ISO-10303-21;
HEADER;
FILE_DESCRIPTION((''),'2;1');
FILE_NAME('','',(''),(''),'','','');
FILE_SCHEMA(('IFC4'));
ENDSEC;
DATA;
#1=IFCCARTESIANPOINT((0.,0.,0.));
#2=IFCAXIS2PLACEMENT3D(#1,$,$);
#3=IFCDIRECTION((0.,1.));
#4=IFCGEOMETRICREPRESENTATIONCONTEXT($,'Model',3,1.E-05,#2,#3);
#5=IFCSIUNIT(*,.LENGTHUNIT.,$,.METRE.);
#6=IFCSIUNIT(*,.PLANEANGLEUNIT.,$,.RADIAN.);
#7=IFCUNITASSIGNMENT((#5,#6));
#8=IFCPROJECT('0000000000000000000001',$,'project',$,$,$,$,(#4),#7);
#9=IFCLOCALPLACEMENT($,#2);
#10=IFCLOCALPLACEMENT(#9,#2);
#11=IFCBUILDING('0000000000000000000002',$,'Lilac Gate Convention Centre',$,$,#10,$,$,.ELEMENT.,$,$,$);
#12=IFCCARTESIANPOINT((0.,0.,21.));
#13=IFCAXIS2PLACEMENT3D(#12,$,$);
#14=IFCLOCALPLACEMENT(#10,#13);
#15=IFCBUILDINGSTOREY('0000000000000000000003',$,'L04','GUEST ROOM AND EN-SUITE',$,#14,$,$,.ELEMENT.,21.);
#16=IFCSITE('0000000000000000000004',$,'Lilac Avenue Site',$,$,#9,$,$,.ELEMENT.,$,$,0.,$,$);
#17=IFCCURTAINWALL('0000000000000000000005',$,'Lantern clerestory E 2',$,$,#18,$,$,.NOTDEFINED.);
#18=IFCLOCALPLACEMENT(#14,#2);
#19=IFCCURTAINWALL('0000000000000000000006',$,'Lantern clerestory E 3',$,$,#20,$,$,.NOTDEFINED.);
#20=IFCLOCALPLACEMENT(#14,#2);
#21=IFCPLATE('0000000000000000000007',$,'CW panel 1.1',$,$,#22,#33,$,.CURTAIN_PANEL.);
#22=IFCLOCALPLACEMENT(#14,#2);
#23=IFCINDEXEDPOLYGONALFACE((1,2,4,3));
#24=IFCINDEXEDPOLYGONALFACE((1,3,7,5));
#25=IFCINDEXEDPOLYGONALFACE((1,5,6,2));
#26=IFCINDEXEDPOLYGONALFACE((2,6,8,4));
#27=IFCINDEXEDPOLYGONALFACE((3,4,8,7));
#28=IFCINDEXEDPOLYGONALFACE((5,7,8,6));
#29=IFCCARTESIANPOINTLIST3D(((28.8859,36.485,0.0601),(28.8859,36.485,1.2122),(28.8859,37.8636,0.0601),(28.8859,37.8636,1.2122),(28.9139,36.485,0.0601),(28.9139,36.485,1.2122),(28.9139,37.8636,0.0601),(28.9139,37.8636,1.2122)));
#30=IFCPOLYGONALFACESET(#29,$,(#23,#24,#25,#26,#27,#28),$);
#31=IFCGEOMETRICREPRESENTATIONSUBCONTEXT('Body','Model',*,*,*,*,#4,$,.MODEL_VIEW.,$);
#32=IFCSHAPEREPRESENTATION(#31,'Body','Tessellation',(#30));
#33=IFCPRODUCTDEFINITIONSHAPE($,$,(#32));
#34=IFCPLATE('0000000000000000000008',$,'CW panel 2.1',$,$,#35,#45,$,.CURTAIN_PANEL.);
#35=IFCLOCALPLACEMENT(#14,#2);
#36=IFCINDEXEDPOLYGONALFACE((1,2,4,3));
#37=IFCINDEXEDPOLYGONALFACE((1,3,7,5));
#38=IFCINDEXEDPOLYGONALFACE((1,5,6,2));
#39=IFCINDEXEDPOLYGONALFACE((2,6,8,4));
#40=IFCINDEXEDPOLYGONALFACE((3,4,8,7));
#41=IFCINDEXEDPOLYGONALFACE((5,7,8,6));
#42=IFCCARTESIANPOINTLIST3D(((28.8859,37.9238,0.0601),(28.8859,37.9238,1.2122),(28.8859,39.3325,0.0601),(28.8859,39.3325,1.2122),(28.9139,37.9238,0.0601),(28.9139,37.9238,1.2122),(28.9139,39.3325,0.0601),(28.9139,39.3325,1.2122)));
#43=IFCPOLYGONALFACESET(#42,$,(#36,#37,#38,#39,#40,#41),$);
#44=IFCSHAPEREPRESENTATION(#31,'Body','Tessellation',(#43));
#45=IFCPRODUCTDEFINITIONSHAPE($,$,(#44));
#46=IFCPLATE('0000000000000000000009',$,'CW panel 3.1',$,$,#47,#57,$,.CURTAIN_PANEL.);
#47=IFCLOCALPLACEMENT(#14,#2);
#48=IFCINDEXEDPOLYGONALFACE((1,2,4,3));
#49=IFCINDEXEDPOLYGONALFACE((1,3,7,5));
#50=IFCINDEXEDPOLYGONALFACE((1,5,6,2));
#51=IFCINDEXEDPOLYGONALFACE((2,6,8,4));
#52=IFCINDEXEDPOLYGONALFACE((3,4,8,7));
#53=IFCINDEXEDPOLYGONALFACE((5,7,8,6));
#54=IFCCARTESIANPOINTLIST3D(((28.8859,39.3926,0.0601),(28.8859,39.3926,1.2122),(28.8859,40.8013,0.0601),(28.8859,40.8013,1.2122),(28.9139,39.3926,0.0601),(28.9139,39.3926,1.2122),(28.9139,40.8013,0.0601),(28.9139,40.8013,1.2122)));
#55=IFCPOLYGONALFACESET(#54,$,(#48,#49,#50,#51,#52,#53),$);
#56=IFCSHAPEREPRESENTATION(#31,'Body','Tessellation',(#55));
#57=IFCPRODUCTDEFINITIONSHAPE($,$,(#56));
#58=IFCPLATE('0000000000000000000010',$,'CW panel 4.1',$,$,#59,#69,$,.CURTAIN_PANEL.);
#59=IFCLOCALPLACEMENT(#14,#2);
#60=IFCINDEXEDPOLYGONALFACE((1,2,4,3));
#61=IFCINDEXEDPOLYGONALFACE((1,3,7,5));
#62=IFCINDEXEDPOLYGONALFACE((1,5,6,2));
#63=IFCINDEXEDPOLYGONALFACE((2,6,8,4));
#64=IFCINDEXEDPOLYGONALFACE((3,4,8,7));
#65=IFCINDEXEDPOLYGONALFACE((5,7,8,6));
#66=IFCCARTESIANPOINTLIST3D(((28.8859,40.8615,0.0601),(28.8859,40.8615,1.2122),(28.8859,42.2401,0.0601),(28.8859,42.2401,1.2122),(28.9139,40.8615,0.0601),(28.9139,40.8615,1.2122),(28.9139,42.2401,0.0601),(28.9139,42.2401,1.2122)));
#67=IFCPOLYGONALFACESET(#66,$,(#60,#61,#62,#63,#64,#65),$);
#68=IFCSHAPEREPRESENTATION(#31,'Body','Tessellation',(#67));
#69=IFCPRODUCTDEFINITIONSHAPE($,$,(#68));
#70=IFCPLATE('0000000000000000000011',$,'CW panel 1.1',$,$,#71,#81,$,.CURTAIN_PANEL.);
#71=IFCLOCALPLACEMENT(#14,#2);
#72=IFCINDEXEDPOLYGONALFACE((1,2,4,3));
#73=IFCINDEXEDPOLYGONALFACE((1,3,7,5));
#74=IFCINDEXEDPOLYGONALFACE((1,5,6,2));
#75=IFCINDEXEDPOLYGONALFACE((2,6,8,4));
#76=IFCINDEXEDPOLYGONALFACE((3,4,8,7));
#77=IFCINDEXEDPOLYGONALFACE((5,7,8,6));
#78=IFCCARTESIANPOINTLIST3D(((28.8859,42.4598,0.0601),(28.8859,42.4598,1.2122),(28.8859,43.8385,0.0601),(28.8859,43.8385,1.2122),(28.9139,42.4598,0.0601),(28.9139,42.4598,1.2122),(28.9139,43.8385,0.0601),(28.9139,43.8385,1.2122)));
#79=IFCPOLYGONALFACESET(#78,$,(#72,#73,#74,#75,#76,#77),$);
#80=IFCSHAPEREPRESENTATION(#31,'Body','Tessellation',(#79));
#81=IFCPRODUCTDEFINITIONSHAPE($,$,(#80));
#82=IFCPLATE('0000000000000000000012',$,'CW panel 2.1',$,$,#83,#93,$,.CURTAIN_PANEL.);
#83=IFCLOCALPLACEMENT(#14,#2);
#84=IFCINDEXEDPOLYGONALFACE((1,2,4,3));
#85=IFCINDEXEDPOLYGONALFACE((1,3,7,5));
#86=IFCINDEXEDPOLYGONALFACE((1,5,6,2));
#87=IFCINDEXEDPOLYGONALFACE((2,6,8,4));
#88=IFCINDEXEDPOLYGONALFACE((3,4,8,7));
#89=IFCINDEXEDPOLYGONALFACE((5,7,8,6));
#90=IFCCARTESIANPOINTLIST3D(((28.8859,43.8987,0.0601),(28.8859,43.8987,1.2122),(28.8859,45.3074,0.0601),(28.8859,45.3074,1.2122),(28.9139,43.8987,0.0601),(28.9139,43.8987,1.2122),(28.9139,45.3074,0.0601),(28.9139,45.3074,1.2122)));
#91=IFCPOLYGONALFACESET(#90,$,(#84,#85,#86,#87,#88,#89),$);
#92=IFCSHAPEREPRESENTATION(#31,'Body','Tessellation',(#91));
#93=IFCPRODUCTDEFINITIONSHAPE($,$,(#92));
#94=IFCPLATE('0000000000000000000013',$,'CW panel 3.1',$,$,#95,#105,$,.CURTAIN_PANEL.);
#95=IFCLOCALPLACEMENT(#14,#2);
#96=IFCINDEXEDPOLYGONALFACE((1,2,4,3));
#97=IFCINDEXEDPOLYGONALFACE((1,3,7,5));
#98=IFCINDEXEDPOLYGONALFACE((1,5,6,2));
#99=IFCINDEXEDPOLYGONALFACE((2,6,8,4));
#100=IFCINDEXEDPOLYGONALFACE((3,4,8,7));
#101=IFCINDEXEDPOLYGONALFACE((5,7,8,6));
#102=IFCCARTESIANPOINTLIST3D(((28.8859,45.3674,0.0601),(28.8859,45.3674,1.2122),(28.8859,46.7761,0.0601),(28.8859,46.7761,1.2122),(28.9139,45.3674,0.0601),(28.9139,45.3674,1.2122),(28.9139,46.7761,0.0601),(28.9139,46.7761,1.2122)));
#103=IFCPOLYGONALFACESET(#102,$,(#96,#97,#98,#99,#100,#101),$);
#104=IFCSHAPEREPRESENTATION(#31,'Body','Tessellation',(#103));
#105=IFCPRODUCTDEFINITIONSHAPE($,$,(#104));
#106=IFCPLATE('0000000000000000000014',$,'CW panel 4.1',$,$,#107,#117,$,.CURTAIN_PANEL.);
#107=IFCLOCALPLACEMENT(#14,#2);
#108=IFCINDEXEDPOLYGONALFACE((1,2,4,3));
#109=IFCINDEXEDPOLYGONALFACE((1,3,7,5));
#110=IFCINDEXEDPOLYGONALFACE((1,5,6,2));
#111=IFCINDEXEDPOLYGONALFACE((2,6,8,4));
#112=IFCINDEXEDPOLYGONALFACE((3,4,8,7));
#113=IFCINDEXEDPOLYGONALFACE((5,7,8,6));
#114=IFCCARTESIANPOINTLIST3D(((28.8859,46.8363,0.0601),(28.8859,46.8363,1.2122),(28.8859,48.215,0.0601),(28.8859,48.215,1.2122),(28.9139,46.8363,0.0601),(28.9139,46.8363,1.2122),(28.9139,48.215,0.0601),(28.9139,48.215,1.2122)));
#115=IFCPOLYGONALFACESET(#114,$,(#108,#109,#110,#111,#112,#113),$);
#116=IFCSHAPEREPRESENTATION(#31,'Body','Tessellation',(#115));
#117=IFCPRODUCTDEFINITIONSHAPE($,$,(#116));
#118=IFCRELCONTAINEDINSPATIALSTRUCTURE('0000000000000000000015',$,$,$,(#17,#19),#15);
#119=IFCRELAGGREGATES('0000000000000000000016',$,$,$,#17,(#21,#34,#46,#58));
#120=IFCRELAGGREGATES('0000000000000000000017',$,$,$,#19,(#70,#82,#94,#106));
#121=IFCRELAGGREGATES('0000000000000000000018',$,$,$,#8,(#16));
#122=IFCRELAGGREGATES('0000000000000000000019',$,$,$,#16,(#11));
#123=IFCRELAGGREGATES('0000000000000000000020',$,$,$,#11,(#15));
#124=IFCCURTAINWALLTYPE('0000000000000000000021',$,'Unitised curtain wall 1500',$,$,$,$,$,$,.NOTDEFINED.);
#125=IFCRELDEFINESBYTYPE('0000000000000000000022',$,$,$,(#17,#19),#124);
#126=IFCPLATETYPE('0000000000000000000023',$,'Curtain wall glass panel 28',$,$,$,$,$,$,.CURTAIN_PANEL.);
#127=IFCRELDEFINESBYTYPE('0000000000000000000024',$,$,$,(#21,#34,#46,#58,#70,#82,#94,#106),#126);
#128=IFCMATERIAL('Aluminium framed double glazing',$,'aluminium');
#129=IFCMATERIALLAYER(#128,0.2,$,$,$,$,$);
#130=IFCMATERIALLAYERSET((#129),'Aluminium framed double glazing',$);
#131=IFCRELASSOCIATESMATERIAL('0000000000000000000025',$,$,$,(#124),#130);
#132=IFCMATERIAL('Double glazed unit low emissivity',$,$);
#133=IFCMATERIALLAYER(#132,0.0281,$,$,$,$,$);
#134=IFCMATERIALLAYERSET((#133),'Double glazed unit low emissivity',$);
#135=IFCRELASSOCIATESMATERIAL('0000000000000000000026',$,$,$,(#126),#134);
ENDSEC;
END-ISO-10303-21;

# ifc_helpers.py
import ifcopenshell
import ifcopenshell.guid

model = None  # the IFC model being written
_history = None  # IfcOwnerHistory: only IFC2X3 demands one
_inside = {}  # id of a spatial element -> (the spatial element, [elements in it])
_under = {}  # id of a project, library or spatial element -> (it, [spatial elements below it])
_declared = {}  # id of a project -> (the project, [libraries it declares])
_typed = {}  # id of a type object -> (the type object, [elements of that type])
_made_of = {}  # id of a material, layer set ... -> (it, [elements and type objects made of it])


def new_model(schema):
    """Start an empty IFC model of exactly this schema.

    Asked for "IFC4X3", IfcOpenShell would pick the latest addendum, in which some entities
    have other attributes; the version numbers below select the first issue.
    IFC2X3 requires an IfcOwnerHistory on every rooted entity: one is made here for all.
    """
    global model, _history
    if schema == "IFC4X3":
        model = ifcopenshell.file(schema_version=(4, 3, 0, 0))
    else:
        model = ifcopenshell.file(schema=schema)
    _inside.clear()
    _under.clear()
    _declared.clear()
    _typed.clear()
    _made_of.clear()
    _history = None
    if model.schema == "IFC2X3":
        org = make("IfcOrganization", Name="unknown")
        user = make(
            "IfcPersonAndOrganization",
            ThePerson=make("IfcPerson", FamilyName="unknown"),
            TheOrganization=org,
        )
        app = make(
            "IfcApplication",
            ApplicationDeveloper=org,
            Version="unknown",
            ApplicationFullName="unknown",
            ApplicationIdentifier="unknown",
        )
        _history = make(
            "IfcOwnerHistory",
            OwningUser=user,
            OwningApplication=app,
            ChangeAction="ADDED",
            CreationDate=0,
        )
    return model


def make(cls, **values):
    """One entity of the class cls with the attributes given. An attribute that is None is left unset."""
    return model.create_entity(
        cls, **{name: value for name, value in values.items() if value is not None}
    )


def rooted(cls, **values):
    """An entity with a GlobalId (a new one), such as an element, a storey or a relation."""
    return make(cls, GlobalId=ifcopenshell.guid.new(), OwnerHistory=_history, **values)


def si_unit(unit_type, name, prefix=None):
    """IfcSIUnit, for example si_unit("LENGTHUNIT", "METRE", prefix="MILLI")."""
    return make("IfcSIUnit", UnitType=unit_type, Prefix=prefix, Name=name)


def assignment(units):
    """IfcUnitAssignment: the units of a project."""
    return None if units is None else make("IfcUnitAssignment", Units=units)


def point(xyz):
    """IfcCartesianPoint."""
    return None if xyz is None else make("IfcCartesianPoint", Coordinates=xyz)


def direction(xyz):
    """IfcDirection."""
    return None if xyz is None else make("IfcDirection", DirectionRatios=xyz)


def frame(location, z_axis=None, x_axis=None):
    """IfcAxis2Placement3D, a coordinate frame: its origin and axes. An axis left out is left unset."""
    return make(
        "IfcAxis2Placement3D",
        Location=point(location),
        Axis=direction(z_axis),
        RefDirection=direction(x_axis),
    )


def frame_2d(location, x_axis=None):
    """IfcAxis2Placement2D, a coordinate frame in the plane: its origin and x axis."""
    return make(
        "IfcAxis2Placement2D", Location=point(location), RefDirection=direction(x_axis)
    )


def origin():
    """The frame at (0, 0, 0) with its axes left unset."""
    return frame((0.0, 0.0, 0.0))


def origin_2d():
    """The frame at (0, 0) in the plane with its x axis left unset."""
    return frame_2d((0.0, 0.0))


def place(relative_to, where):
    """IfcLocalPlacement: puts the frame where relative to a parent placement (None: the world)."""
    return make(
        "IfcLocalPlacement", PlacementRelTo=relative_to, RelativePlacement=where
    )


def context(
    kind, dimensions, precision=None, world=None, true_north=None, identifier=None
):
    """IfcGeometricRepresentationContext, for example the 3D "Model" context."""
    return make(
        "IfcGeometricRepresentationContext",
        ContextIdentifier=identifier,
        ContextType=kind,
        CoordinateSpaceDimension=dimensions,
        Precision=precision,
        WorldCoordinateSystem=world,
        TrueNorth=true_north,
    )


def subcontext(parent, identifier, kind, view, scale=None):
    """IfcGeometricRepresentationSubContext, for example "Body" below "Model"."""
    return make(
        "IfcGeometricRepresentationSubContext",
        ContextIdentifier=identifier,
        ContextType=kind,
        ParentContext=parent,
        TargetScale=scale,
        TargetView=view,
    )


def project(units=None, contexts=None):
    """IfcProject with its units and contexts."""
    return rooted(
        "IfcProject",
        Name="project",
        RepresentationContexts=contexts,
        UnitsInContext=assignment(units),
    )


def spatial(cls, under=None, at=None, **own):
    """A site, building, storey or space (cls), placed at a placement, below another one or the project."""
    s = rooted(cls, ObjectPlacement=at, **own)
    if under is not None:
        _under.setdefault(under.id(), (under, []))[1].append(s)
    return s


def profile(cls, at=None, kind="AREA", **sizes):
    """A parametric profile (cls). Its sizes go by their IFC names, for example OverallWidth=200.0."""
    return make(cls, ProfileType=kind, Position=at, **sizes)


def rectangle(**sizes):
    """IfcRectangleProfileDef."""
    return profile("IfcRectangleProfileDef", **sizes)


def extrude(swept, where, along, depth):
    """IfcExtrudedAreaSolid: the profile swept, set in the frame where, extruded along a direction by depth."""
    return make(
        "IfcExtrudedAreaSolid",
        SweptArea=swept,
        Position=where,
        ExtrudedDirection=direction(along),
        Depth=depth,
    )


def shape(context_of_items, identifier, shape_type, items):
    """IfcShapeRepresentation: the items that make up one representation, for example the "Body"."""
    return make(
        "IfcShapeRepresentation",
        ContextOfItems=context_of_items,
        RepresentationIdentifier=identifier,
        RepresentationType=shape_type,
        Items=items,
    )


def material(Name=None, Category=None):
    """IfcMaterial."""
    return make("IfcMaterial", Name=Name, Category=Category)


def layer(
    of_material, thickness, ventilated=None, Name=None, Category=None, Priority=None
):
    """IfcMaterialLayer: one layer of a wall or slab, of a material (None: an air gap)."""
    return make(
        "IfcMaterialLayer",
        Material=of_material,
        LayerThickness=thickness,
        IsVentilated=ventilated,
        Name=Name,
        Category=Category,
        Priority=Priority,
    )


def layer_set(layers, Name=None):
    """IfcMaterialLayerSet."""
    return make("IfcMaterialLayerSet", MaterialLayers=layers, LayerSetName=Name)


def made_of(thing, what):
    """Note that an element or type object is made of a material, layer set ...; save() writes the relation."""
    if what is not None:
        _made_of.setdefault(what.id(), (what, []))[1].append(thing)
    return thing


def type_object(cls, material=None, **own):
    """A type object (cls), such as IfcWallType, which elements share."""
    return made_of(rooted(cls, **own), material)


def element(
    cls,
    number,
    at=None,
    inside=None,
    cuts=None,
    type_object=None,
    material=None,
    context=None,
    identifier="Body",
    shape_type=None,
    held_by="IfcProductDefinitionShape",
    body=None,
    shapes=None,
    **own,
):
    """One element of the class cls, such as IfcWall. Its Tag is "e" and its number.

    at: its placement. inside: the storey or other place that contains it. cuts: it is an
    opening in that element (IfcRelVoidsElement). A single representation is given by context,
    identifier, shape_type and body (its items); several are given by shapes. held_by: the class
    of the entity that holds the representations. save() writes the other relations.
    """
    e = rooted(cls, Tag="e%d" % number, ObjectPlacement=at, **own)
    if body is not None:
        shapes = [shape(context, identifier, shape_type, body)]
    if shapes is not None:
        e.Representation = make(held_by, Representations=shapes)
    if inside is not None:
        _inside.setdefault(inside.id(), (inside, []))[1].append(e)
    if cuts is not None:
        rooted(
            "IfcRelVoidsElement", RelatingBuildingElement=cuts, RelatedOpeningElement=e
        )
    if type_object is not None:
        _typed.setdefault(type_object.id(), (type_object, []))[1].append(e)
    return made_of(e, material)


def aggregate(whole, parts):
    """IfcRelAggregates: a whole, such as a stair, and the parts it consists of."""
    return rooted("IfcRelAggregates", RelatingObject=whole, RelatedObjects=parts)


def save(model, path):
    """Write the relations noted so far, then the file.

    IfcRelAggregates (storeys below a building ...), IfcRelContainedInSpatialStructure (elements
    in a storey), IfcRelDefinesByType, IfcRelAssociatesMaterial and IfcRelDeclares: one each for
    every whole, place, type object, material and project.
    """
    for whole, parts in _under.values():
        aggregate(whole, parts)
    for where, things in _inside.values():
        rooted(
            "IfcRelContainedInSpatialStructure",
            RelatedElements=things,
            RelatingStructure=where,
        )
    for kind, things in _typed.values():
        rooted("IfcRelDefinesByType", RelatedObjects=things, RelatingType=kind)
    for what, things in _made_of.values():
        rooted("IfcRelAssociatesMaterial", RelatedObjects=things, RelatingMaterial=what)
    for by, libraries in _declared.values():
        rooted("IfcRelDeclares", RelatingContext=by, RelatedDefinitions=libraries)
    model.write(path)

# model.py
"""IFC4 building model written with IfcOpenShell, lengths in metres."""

from ifc_helpers import new_model, si_unit, direction, frame, origin, origin_2d, place, context, subcontext, project, spatial, rectangle, extrude, material, layer, layer_set, type_object, element, aggregate, save


model = new_model("IFC4")

# Units and contexts
model_context = context("Model", 3, precision=1e-05, world=origin(), true_north=direction((0.0, 1.0)))
body_context = subcontext(model_context, "Body", "Model", "MODEL_VIEW")
ifc_project = project(units=[si_unit("LENGTHUNIT", "METRE"), si_unit("PLANEANGLEUNIT", "RADIAN")], contexts=[model_context])

# Site, building, storey
site_placement = place(None, origin())
site = spatial("IfcSite", under=ifc_project, at=site_placement, Name="Lilac Avenue Site", CompositionType="ELEMENT", RefElevation=0.0)
building_placement = place(site_placement, origin())
building = spatial("IfcBuilding", under=site, at=building_placement, Name="Lilac Gate Convention Centre", CompositionType="ELEMENT")
storey_placement = place(building_placement, frame((0.0, 0.0, 21.0)))
storey = spatial("IfcBuildingStorey", under=building, at=storey_placement, Name="L04", Description="GUEST ROOM AND EN-SUITE", CompositionType="ELEMENT", Elevation=21.0)

# Curtain walls
ifc_material_1 = material(Name="Aluminium framed double glazing", Category="aluminium")
ifc_layer_1 = layer(ifc_material_1, 0.2)
ifc_layer_set_1 = layer_set([ifc_layer_1], Name="Aluminium framed double glazing")
curtain_wall_type = type_object("IfcCurtainWallType", Name="Unitised curtain wall 1500", PredefinedType="NOTDEFINED", material=ifc_layer_set_1)
curtain_wall_1_placement = place(storey_placement, origin())
curtain_wall_1 = element("IfcCurtainWall", 1, at=curtain_wall_1_placement, inside=storey, type_object=curtain_wall_type, Name="Lantern clerestory E 2", PredefinedType="NOTDEFINED")
curtain_wall_2_placement = place(storey_placement, origin())
curtain_wall_2 = element("IfcCurtainWall", 2, at=curtain_wall_2_placement, inside=storey, type_object=curtain_wall_type, Name="Lantern clerestory E 3", PredefinedType="NOTDEFINED")

# Plates
ifc_material_2 = material(Name="Double glazed unit low emissivity")
ifc_layer_2 = layer(ifc_material_2, 0.0281)
ifc_layer_set_2 = layer_set([ifc_layer_2], Name="Double glazed unit low emissivity")
plate_type = type_object("IfcPlateType", Name="Curtain wall glass panel 28", PredefinedType="CURTAIN_PANEL", material=ifc_layer_set_2)
plate_1_placement = place(storey_placement, frame((28.8999, 37.1743, 0.0601), z_axis=(0.0, 0.0, 1.0), x_axis=(0.0, 1.0, 0.0)))
plate_1 = element("IfcPlate", 3, at=plate_1_placement, type_object=plate_type, Name="CW panel 1.1", PredefinedType="CURTAIN_PANEL", context=body_context, shape_type="SweptSolid", body=[
    extrude(rectangle(XDim=1.3787, YDim=0.0281, at=origin_2d()), origin(), (0.0, 0.0, 1.0), 1.1521),
])
plate_2_placement = place(storey_placement, frame((28.8999, 38.6282, 0.0601), z_axis=(0.0, 0.0, 1.0), x_axis=(0.0, 1.0, 0.0)))
plate_2 = element("IfcPlate", 4, at=plate_2_placement, type_object=plate_type, Name="CW panel 2.1", PredefinedType="CURTAIN_PANEL", context=body_context, shape_type="SweptSolid", body=[
    extrude(rectangle(XDim=1.4087, YDim=0.0281, at=origin_2d()), origin(), (0.0, 0.0, 1.0), 1.1521),
])
plate_3_placement = place(storey_placement, frame((28.8999, 40.0969, 0.0601), z_axis=(0.0, 0.0, 1.0), x_axis=(0.0, 1.0, 0.0)))
plate_3 = element("IfcPlate", 5, at=plate_3_placement, type_object=plate_type, Name="CW panel 3.1", PredefinedType="CURTAIN_PANEL", context=body_context, shape_type="SweptSolid", body=[
    extrude(rectangle(XDim=1.4087, YDim=0.0281, at=origin_2d()), origin(), (0.0, 0.0, 1.0), 1.1521),
])
plate_4_placement = place(storey_placement, frame((28.8999, 41.5508, 0.0601), z_axis=(0.0, 0.0, 1.0), x_axis=(0.0, 1.0, 0.0)))
plate_4 = element("IfcPlate", 6, at=plate_4_placement, type_object=plate_type, Name="CW panel 4.1", PredefinedType="CURTAIN_PANEL", context=body_context, shape_type="SweptSolid", body=[
    extrude(rectangle(XDim=1.3787, YDim=0.0281, at=origin_2d()), origin(), (0.0, 0.0, 1.0), 1.1521),
])
aggregate(curtain_wall_1, [plate_1, plate_2, plate_3, plate_4])
plate_5_placement = place(storey_placement, frame((28.8999, 43.1492, 0.0601), z_axis=(0.0, 0.0, 1.0), x_axis=(0.0, 1.0, 0.0)))
plate_5 = element("IfcPlate", 7, at=plate_5_placement, type_object=plate_type, Name="CW panel 1.1", PredefinedType="CURTAIN_PANEL", context=body_context, shape_type="SweptSolid", body=[
    extrude(rectangle(XDim=1.3787, YDim=0.0281, at=origin_2d()), origin(), (0.0, 0.0, 1.0), 1.1521),
])
plate_6_placement = place(storey_placement, frame((28.8999, 44.603, 0.0601), z_axis=(0.0, 0.0, 1.0), x_axis=(0.0, 1.0, 0.0)))
plate_6 = element("IfcPlate", 8, at=plate_6_placement, type_object=plate_type, Name="CW panel 2.1", PredefinedType="CURTAIN_PANEL", context=body_context, shape_type="SweptSolid", body=[
    extrude(rectangle(XDim=1.4087, YDim=0.0281, at=origin_2d()), origin(), (0.0, 0.0, 1.0), 1.1521),
])
plate_7_placement = place(storey_placement, frame((28.8999, 46.0718, 0.0601), z_axis=(0.0, 0.0, 1.0), x_axis=(0.0, 1.0, 0.0)))
plate_7 = element("IfcPlate", 9, at=plate_7_placement, type_object=plate_type, Name="CW panel 3.1", PredefinedType="CURTAIN_PANEL", context=body_context, shape_type="SweptSolid", body=[
    extrude(rectangle(XDim=1.4087, YDim=0.0281, at=origin_2d()), origin(), (0.0, 0.0, 1.0), 1.1521),
])
plate_8_placement = place(storey_placement, frame((28.8999, 47.5256, 0.0601), z_axis=(0.0, 0.0, 1.0), x_axis=(0.0, 1.0, 0.0)))
plate_8 = element("IfcPlate", 10, at=plate_8_placement, type_object=plate_type, Name="CW panel 4.1", PredefinedType="CURTAIN_PANEL", context=body_context, shape_type="SweptSolid", body=[
    extrude(rectangle(XDim=1.3787, YDim=0.0281, at=origin_2d()), origin(), (0.0, 0.0, 1.0), 1.1521),
])
aggregate(curtain_wall_2, [plate_5, plate_6, plate_7, plate_8])

save(model, "model.ifc")
